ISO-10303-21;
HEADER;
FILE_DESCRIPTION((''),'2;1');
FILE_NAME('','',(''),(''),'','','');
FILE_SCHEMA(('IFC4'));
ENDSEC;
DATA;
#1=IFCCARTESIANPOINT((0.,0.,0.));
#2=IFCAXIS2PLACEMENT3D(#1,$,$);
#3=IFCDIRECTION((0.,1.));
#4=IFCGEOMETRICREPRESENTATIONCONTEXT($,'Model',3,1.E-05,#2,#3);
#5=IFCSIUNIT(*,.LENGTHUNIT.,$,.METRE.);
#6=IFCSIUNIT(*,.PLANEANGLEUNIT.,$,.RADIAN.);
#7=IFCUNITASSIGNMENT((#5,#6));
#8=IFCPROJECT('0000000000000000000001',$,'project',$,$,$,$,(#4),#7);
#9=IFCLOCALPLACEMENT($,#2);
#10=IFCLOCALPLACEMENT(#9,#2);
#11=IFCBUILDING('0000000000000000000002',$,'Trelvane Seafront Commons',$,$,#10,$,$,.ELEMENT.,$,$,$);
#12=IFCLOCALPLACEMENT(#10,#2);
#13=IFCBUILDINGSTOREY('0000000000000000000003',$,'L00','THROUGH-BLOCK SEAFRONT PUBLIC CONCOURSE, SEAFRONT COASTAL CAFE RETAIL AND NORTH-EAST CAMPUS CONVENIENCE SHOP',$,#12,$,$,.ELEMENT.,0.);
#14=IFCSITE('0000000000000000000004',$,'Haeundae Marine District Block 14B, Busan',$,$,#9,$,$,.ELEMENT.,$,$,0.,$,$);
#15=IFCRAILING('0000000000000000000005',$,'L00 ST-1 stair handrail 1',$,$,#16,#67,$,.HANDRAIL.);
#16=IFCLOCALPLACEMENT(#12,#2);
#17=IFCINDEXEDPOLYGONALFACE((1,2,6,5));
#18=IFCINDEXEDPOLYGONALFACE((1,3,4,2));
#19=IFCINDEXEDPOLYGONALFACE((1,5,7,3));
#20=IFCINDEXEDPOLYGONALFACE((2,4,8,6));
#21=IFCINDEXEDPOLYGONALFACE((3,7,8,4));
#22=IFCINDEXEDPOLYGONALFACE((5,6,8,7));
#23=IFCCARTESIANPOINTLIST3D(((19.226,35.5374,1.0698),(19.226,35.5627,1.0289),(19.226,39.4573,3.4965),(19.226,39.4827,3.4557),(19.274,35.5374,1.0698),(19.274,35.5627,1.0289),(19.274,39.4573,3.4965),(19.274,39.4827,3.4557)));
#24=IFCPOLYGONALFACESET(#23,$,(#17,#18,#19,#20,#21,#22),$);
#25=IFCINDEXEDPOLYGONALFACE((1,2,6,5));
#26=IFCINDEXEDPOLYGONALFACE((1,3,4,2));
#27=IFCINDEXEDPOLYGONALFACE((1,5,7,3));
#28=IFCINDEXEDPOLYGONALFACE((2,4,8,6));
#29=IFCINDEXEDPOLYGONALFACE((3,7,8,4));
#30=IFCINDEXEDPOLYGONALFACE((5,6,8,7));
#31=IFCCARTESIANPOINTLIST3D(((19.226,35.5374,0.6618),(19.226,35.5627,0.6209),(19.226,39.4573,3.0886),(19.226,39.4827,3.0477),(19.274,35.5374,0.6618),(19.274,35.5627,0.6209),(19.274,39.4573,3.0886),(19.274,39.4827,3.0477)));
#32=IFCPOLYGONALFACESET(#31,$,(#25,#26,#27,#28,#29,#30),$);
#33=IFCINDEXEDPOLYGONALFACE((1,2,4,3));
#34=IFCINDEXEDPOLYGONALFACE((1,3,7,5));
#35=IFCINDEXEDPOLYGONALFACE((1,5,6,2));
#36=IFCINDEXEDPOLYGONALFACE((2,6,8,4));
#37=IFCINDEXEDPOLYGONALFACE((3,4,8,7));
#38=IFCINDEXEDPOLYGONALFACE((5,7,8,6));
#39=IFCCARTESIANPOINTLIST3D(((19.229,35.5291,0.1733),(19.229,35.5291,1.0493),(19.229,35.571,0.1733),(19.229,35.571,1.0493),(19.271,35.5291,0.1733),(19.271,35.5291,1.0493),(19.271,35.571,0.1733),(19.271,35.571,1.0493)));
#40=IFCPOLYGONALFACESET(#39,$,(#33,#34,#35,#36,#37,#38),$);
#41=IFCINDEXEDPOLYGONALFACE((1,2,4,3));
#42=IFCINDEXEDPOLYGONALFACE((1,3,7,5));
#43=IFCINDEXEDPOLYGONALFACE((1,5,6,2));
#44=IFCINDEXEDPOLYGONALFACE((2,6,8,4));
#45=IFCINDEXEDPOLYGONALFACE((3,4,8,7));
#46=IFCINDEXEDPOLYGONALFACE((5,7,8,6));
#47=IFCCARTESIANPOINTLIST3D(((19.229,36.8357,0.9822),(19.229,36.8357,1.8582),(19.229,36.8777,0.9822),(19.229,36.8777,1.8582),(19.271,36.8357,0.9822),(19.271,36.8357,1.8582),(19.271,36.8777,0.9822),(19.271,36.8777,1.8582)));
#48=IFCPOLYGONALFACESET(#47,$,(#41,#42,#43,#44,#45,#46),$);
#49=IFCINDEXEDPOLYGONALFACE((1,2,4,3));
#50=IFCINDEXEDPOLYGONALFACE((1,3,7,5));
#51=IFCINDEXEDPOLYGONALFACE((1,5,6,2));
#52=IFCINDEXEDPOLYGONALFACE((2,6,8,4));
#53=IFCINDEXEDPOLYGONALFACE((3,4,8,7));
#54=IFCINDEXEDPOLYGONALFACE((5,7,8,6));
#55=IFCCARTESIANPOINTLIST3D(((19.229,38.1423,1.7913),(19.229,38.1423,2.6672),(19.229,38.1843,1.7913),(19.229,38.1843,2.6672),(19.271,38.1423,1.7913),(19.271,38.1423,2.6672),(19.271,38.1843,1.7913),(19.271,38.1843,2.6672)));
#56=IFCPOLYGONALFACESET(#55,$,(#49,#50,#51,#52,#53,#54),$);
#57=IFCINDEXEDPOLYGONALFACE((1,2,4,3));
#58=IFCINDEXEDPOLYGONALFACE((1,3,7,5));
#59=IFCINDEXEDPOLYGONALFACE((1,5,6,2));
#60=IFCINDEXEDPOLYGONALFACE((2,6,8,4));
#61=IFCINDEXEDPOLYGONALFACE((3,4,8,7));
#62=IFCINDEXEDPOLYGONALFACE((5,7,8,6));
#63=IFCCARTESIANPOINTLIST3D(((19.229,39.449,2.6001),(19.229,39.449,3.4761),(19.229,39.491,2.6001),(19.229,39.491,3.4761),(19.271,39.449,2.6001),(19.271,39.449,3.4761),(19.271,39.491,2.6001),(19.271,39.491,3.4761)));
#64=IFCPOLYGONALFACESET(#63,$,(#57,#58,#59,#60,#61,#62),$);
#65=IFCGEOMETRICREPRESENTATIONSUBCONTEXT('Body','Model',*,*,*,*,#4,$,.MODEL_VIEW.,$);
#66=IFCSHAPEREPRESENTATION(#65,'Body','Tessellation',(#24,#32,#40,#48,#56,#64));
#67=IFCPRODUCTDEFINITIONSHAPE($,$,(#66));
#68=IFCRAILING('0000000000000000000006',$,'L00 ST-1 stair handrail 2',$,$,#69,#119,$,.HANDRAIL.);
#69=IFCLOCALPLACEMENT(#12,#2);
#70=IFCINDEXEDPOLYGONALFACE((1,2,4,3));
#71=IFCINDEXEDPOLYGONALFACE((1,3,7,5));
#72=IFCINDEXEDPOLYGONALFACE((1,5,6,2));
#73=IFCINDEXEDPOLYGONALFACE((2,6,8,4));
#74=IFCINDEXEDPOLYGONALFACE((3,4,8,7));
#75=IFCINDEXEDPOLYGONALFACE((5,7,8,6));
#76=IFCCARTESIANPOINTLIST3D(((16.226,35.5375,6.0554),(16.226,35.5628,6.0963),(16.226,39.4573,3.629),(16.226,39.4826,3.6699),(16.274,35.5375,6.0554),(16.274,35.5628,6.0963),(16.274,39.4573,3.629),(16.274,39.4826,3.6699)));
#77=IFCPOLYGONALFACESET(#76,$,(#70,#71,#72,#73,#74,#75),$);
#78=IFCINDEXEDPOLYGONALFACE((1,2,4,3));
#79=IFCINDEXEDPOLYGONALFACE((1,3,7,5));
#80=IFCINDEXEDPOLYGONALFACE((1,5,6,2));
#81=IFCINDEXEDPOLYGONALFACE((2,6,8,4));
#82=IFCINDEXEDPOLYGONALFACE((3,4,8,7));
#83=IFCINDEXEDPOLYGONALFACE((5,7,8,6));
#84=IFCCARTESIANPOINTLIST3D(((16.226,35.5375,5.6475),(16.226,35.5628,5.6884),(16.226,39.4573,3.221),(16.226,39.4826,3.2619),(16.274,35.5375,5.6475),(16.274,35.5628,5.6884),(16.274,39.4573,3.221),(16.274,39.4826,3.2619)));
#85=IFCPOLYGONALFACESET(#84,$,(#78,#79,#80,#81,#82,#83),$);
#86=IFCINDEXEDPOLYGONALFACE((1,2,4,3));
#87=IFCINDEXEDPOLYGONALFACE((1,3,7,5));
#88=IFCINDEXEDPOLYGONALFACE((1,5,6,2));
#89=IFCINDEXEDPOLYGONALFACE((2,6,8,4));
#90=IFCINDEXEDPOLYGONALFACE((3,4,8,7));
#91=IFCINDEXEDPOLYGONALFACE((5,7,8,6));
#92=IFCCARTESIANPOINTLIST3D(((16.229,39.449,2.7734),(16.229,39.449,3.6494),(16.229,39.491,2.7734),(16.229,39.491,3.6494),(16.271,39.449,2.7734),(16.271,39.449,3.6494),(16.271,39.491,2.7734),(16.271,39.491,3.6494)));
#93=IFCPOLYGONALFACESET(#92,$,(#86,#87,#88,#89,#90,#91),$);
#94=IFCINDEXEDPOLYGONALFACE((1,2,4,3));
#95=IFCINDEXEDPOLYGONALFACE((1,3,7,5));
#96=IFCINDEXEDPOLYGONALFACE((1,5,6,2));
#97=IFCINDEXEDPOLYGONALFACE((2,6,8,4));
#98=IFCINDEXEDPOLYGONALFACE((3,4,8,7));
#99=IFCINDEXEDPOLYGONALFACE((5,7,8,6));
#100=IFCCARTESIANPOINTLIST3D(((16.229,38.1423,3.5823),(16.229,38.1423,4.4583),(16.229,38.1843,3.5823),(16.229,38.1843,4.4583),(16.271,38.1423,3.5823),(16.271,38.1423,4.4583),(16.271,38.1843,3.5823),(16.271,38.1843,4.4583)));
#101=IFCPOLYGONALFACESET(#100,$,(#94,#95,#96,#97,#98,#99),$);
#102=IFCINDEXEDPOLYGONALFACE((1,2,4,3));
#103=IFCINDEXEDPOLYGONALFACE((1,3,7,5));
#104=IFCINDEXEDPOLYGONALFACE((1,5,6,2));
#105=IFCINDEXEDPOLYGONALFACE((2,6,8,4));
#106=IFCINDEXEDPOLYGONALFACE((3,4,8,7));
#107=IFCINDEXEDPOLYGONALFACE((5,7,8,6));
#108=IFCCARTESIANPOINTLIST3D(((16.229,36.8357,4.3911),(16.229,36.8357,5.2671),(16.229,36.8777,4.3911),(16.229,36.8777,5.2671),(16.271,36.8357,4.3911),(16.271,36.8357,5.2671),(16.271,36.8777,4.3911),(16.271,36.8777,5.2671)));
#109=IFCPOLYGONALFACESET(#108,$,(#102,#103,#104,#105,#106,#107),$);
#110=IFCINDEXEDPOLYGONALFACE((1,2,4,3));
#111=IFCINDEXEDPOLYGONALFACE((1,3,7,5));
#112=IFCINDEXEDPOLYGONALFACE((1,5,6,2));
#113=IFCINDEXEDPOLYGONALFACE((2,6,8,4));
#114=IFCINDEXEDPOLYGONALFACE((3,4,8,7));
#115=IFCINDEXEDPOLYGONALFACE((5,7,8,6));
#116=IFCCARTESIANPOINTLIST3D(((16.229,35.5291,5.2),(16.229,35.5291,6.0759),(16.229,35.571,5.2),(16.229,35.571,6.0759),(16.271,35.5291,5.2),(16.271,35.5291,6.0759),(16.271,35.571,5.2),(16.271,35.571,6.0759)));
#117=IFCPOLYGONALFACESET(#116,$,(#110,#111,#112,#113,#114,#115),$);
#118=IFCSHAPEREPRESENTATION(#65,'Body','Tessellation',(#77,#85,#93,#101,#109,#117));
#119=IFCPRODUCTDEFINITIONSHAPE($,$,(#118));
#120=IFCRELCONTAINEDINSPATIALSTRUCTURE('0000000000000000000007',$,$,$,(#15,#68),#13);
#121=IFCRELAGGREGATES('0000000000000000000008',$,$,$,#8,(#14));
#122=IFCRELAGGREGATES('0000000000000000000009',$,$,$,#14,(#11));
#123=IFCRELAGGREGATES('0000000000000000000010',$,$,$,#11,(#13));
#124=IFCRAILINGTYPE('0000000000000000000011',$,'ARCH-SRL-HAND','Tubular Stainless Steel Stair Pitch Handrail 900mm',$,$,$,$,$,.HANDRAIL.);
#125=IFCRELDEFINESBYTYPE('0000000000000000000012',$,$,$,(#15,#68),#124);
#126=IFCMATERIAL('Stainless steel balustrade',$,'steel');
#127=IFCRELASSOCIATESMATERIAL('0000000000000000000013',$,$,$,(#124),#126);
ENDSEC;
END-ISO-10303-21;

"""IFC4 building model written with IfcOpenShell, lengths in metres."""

from ifc_helpers import new_model, si_unit, direction, frame, origin, origin_2d, place, context, subcontext, project, spatial, rectangle, extrude, material, type_object, element, save


model = new_model("IFC4")

# Units and contexts
model_context = context("Model", 3, precision=1e-05, world=origin(), true_north=direction((0.0, 1.0)))
body_context = subcontext(model_context, "Body", "Model", "MODEL_VIEW")
ifc_project = project(units=[si_unit("LENGTHUNIT", "METRE"), si_unit("PLANEANGLEUNIT", "RADIAN")], contexts=[model_context])

# Site, building, storey
site_placement = place(None, origin())
site = spatial("IfcSite", under=ifc_project, at=site_placement, Name="Haeundae Marine District Block 14B, Busan", CompositionType="ELEMENT", RefElevation=0.0)
building_placement = place(site_placement, origin())
building = spatial("IfcBuilding", under=site, at=building_placement, Name="Trelvane Seafront Commons", CompositionType="ELEMENT")
storey_placement = place(building_placement, origin())
storey = spatial("IfcBuildingStorey", under=building, at=storey_placement, Name="L00", Description="THROUGH-BLOCK SEAFRONT PUBLIC CONCOURSE, SEAFRONT COASTAL CAFE RETAIL AND NORTH-EAST CAMPUS CONVENIENCE SHOP", CompositionType="ELEMENT", Elevation=0.0)

# Shared definitions
ifc_material_1 = material(Name="Stainless steel balustrade", Category="steel")

# Railings
railing_type_1 = type_object("IfcRailingType", Name="ARCH-SRL-HAND", Description="Tubular Stainless Steel Stair Pitch Handrail 900mm", PredefinedType="HANDRAIL", material=ifc_material_1)
railing_1_placement = place(storey_placement, frame((19.25, 35.55, 0.1733)))
element("IfcRailing", 1, at=railing_1_placement, inside=storey, type_object=railing_type_1, Name="L00 ST-1 stair handrail 1", PredefinedType="HANDRAIL", context=body_context, shape_type="SweptSolid", body=[
    extrude(rectangle(XDim=0.0481, YDim=0.0481, at=origin_2d()), frame((0.0, 0.0, 0.876), z_axis=(0.0, 0.850252, 0.526376), x_axis=(-1.0, 0.0, 0.0)), (0.0, 0.0, 1.0), 4.6104),
    extrude(rectangle(XDim=0.0481, YDim=0.0481, at=origin_2d()), frame((0.0, 0.0, 0.468), z_axis=(0.0, 0.850252, 0.526376), x_axis=(-1.0, 0.0, 0.0)), (0.0, 0.0, 1.0), 4.6104),
    extrude(rectangle(XDim=0.042, YDim=0.042, at=origin_2d()), origin(), (0.0, 0.0, 1.0), 0.876),
    extrude(rectangle(XDim=0.042, YDim=0.042, at=origin_2d()), frame((0.0, 1.3066, 0.8088)), (0.0, 0.0, 1.0), 0.876),
    extrude(rectangle(XDim=0.042, YDim=0.042, at=origin_2d()), frame((0.0, 2.6133, 1.6179)), (0.0, 0.0, 1.0), 0.876),
    extrude(rectangle(XDim=0.042, YDim=0.042, at=origin_2d()), frame((0.0, 3.9199, 2.4268)), (0.0, 0.0, 1.0), 0.876),
])
railing_2_placement = place(storey_placement, frame((16.25, 39.47, 2.7734)))
element("IfcRailing", 2, at=railing_2_placement, inside=storey, type_object=railing_type_1, Name="L00 ST-1 stair handrail 2", PredefinedType="HANDRAIL", context=body_context, shape_type="SweptSolid", body=[
    extrude(rectangle(XDim=0.0481, YDim=0.0481, at=origin_2d()), frame((0.0, 0.0, 0.876), z_axis=(0.0, -0.850275, 0.526338), x_axis=(1.0, 0.0, 0.0)), (0.0, 0.0, 1.0), 4.6101),
    extrude(rectangle(XDim=0.0481, YDim=0.0481, at=origin_2d()), frame((0.0, 0.0, 0.468), z_axis=(0.0, -0.850275, 0.526338), x_axis=(1.0, 0.0, 0.0)), (0.0, 0.0, 1.0), 4.6101),
    extrude(rectangle(XDim=0.042, YDim=0.042, at=origin_2d()), origin(), (0.0, 0.0, 1.0), 0.876),
    extrude(rectangle(XDim=0.042, YDim=0.042, at=origin_2d()), frame((0.0, -1.3066, 0.8088)), (0.0, 0.0, 1.0), 0.876),
    extrude(rectangle(XDim=0.042, YDim=0.042, at=origin_2d()), frame((0.0, -2.6133, 1.6177)), (0.0, 0.0, 1.0), 0.876),
    extrude(rectangle(XDim=0.042, YDim=0.042, at=origin_2d()), frame((0.0, -3.9199, 2.4265)), (0.0, 0.0, 1.0), 0.876),
])

save(model, "model.ifc")
